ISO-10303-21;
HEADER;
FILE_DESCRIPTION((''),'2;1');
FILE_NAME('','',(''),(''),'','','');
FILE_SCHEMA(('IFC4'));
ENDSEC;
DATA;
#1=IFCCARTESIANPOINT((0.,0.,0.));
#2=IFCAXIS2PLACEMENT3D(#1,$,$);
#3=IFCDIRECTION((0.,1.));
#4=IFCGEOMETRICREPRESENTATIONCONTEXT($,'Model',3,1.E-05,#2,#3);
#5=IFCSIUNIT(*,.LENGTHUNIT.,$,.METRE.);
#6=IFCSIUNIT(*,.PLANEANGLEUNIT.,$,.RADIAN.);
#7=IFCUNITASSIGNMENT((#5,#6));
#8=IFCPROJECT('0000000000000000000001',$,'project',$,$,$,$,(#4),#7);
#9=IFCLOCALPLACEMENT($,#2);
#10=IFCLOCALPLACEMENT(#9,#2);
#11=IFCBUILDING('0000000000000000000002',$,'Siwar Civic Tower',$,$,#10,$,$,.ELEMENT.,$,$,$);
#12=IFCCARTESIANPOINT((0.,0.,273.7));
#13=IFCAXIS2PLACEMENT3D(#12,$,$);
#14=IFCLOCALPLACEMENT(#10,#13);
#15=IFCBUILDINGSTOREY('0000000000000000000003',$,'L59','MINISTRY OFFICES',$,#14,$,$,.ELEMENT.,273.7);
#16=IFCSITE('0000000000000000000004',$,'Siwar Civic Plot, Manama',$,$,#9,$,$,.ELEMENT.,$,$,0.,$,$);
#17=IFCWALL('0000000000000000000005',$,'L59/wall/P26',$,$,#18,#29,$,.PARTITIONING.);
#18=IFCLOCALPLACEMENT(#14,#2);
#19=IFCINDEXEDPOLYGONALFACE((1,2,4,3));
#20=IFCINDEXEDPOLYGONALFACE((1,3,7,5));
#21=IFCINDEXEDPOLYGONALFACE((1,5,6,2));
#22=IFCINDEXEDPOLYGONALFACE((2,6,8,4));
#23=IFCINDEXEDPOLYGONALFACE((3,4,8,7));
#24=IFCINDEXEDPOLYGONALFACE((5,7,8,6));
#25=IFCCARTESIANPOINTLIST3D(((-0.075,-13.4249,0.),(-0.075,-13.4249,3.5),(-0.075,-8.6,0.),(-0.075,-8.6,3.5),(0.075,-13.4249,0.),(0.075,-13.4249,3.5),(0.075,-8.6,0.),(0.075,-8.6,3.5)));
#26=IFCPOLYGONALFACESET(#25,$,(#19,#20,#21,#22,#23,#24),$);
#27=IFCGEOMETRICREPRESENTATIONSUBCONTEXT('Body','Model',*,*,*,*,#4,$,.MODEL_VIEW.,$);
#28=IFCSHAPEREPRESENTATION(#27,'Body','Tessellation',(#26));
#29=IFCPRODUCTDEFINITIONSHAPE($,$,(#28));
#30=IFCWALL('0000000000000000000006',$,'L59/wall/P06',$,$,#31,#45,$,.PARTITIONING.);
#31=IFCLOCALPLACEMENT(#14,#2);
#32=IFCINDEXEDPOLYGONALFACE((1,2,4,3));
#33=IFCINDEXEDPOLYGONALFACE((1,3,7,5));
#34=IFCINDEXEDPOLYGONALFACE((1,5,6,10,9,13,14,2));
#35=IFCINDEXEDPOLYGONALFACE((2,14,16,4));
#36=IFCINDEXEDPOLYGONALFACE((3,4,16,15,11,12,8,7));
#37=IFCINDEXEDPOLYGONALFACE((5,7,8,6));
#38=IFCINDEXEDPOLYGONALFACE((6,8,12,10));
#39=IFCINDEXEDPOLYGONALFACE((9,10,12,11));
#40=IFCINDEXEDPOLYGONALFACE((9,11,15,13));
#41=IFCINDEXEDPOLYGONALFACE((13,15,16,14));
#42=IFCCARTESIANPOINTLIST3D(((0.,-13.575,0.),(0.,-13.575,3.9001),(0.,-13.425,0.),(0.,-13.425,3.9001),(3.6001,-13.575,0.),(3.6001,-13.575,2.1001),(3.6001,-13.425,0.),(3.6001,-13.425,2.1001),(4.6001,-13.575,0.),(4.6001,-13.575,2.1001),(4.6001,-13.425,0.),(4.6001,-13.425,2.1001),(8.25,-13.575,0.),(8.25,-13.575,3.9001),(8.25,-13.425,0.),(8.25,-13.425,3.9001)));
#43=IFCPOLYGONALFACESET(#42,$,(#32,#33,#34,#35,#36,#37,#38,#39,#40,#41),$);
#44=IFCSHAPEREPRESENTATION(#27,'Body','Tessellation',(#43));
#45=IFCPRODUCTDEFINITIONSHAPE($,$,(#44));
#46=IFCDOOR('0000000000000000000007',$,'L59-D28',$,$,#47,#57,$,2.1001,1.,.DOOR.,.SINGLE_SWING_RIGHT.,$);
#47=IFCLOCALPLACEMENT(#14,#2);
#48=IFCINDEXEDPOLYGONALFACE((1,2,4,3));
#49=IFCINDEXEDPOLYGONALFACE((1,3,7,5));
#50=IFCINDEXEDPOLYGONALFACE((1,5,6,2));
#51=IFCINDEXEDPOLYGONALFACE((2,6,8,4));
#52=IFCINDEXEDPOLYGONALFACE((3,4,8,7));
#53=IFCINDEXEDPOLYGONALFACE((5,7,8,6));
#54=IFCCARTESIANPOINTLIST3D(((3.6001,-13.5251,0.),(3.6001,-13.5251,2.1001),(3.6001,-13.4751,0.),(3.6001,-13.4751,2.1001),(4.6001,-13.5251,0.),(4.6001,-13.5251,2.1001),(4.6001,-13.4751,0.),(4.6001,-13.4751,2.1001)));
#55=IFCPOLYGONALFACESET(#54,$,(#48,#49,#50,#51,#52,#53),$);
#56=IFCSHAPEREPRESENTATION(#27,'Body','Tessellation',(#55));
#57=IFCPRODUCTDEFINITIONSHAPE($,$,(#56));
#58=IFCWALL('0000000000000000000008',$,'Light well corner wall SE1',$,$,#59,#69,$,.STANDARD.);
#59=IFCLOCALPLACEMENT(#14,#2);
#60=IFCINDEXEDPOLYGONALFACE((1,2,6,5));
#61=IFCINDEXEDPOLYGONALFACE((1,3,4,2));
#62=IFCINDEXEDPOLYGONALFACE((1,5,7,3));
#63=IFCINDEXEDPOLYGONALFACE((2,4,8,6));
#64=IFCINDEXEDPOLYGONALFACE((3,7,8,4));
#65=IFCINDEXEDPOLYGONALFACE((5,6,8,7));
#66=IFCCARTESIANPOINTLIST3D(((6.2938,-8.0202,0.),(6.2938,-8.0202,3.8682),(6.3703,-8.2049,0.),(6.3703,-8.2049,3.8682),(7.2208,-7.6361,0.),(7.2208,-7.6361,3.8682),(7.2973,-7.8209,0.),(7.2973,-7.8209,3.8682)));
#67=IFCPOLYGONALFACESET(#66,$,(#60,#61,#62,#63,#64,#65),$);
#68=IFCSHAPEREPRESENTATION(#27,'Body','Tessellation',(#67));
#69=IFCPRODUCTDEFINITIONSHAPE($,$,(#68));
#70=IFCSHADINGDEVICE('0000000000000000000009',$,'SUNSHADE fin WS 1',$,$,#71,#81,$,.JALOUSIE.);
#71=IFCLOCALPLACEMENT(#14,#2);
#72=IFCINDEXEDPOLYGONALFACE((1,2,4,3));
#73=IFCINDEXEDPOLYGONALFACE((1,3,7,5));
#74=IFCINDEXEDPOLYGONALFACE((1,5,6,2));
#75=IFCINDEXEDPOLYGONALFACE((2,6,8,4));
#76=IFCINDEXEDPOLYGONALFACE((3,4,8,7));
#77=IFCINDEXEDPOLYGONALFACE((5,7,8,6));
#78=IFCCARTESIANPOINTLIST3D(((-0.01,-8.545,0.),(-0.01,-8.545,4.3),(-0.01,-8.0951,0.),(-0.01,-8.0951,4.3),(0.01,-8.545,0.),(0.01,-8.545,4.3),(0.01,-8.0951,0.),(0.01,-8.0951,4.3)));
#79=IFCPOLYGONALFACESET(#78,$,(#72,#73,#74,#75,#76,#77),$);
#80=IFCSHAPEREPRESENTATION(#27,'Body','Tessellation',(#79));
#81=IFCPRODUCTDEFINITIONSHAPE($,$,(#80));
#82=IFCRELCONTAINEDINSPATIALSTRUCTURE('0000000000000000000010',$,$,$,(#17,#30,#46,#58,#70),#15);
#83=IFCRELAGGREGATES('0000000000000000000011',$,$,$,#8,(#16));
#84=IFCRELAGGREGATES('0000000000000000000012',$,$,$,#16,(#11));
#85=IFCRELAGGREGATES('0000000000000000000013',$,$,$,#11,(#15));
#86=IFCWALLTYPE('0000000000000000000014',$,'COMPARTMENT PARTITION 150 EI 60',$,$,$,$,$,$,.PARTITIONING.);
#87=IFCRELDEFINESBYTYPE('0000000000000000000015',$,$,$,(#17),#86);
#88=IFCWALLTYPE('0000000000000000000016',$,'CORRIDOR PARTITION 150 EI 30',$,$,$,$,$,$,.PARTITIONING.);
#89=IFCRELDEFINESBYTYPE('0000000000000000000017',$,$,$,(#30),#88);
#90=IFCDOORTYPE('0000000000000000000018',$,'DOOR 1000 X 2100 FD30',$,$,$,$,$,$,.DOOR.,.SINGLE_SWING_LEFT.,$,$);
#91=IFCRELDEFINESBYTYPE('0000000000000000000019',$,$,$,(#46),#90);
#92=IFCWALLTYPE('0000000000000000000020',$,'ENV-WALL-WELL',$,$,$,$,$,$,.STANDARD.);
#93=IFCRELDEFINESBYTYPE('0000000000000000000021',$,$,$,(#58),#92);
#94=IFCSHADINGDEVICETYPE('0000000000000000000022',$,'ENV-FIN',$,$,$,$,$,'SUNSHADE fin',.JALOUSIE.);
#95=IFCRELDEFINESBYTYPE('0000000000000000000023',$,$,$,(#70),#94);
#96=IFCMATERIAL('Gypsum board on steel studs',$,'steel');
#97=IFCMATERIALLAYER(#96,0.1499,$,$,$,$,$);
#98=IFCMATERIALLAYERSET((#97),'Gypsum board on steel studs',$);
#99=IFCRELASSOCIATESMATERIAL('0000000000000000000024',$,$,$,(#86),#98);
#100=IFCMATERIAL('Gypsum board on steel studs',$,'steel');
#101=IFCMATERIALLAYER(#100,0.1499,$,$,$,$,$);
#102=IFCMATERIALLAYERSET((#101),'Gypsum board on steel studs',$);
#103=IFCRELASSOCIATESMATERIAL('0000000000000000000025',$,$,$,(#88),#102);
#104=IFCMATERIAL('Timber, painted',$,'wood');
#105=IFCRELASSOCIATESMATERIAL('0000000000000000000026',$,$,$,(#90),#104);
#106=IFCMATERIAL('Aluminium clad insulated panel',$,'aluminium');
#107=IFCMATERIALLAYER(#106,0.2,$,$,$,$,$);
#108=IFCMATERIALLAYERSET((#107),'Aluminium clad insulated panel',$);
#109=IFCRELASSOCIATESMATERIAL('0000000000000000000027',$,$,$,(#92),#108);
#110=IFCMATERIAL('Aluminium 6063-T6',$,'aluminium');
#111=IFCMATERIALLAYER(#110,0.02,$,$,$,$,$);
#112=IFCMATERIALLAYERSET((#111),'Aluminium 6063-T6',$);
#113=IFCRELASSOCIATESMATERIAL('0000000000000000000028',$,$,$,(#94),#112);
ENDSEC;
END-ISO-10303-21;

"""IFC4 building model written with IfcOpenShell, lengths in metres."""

from ifc_helpers import new_model, si_unit, direction, frame, frame_2d, origin, origin_2d, place, context, subcontext, project, spatial, rectangle, extrude, material, layer, layer_set, type_object, element, fill, save


model = new_model("IFC4")

# Units and contexts
model_context = context("Model", 3, precision=1e-05, world=origin(), true_north=direction((0.0, 1.0)))
body_context = subcontext(model_context, "Body", "Model", "MODEL_VIEW")
ifc_project = project(units=[si_unit("LENGTHUNIT", "METRE"), si_unit("PLANEANGLEUNIT", "RADIAN")], contexts=[model_context])

# Site, building, storey
site_placement = place(None, origin())
site = spatial("IfcSite", under=ifc_project, at=site_placement, Name="Siwar Civic Plot, Manama", CompositionType="ELEMENT", RefElevation=0.0)
building_placement = place(site_placement, origin())
building = spatial("IfcBuilding", under=site, at=building_placement, Name="Siwar Civic Tower", CompositionType="ELEMENT")
storey_placement = place(building_placement, frame((0.0, 0.0, 273.7)))
storey = spatial("IfcBuildingStorey", under=building, at=storey_placement, Name="L59", Description="MINISTRY OFFICES", CompositionType="ELEMENT", Elevation=273.7)

# Wall
ifc_material_1 = material(Name="Gypsum board on steel studs", Category="steel")
ifc_layer_1 = layer(ifc_material_1, 0.1499)
ifc_layer_set_1 = layer_set([ifc_layer_1], Name="Gypsum board on steel studs")
wall_type_1 = type_object("IfcWallType", Name="COMPARTMENT PARTITION 150 EI 60", PredefinedType="PARTITIONING", material=ifc_layer_set_1)
wall_1_placement = place(storey_placement, frame((0.0, -13.425, 0.0), z_axis=(0.0, 0.0, 1.0), x_axis=(0.0, 1.0, 0.0)))
element("IfcWall", 1, at=wall_1_placement, inside=storey, type_object=wall_type_1, Name="L59/wall/P26", PredefinedType="PARTITIONING", context=body_context, shape_type="SweptSolid", body=[
    extrude(rectangle(XDim=4.825, YDim=0.1499, at=frame_2d((2.4126, 0.0))), origin(), (0.0, 0.0, 1.0), 3.5),
])

# Wall, opening, door
ifc_material_2 = material(Name="Gypsum board on steel studs", Category="steel")
ifc_layer_2 = layer(ifc_material_2, 0.1499)
ifc_layer_set_2 = layer_set([ifc_layer_2], Name="Gypsum board on steel studs")
wall_type_2 = type_object("IfcWallType", Name="CORRIDOR PARTITION 150 EI 30", PredefinedType="PARTITIONING", material=ifc_layer_set_2)
wall_2_placement = place(storey_placement, frame((0.0, -13.5, 0.0), z_axis=(0.0, 0.0, 1.0), x_axis=(1.0, 0.0, 0.0)))
wall_2 = element("IfcWall", 2, at=wall_2_placement, inside=storey, type_object=wall_type_2, Name="L59/wall/P06", PredefinedType="PARTITIONING", context=body_context, shape_type="SweptSolid", body=[
    extrude(rectangle(XDim=8.25, YDim=0.1499, at=frame_2d((4.125, 0.0))), origin(), (0.0, 0.0, 1.0), 3.9001),
])
opening_placement = place(wall_2_placement, frame((3.6001, 0.0, 0.0)))
opening = element("IfcOpeningElement", 3, at=opening_placement, cuts=wall_2, PredefinedType="OPENING", context=body_context, shape_type="SweptSolid", body=[
    extrude(rectangle(XDim=1.0, YDim=2.1001, at=frame_2d((0.5, 1.05))), frame((0.0, 0.085, 0.0), z_axis=(0.0, -1.0, 0.0), x_axis=(1.0, 0.0, 0.0)), (0.0, 0.0, 1.0), 0.1699),
])
ifc_material_3 = material(Name="Timber, painted", Category="wood")
door_type = type_object("IfcDoorType", Name="DOOR 1000 X 2100 FD30", OperationType="SINGLE_SWING_LEFT", PredefinedType="DOOR", material=ifc_material_3)
door_placement = place(opening_placement, origin())
door = element("IfcDoor", 4, at=door_placement, inside=storey, type_object=door_type, Name="L59-D28", OperationType="SINGLE_SWING_RIGHT", OverallHeight=2.1001, OverallWidth=1.0, PredefinedType="DOOR", context=body_context, shape_type="SweptSolid", body=[
    extrude(rectangle(XDim=1.0, YDim=2.1001, at=frame_2d((0.5, 1.05))), frame((0.0, 0.0249, 0.0), z_axis=(0.0, -1.0, 0.0), x_axis=(1.0, 0.0, 0.0)), (0.0, 0.0, 1.0), 0.05),
])
fill(opening, door)

# Wall
ifc_material_4 = material(Name="Aluminium clad insulated panel", Category="aluminium")
ifc_layer_3 = layer(ifc_material_4, 0.2)
ifc_layer_set_3 = layer_set([ifc_layer_3], Name="Aluminium clad insulated panel")
wall_type_3 = type_object("IfcWallType", Name="ENV-WALL-WELL", PredefinedType="STANDARD", material=ifc_layer_set_3)
wall_3_placement = place(storey_placement, frame((6.332, -8.1125, 0.0), z_axis=(0.0, 0.0, 1.0), x_axis=(0.92386, 0.382731, 0.0)))
element("IfcWall", 5, at=wall_3_placement, inside=storey, type_object=wall_type_3, Name="Light well corner wall SE1", PredefinedType="STANDARD", context=body_context, shape_type="SweptSolid", body=[
    extrude(rectangle(XDim=1.0034, YDim=0.2, at=frame_2d((0.5017, 0.0))), origin(), (0.0, 0.0, 1.0), 3.8682),
])

# Shading device
ifc_material_5 = material(Name="Aluminium 6063-T6", Category="aluminium")
ifc_layer_4 = layer(ifc_material_5, 0.02)
ifc_layer_set_4 = layer_set([ifc_layer_4], Name="Aluminium 6063-T6")
shading_device_type = type_object("IfcShadingDeviceType", Name="ENV-FIN", ElementType="SUNSHADE fin", PredefinedType="JALOUSIE", material=ifc_layer_set_4)
shading_device_placement = place(storey_placement, frame((0.0, -8.3201, 0.0), z_axis=(0.0, 0.0, 1.0), x_axis=(1.0, 0.0, 0.0)))
element("IfcShadingDevice", 6, at=shading_device_placement, inside=storey, type_object=shading_device_type, Name="SUNSHADE fin WS 1", PredefinedType="JALOUSIE", context=body_context, shape_type="SweptSolid", body=[
    extrude(rectangle(XDim=0.02, YDim=0.45, at=origin_2d()), origin(), (0.0, 0.0, 1.0), 4.3),
])

save(model, "model.ifc")
